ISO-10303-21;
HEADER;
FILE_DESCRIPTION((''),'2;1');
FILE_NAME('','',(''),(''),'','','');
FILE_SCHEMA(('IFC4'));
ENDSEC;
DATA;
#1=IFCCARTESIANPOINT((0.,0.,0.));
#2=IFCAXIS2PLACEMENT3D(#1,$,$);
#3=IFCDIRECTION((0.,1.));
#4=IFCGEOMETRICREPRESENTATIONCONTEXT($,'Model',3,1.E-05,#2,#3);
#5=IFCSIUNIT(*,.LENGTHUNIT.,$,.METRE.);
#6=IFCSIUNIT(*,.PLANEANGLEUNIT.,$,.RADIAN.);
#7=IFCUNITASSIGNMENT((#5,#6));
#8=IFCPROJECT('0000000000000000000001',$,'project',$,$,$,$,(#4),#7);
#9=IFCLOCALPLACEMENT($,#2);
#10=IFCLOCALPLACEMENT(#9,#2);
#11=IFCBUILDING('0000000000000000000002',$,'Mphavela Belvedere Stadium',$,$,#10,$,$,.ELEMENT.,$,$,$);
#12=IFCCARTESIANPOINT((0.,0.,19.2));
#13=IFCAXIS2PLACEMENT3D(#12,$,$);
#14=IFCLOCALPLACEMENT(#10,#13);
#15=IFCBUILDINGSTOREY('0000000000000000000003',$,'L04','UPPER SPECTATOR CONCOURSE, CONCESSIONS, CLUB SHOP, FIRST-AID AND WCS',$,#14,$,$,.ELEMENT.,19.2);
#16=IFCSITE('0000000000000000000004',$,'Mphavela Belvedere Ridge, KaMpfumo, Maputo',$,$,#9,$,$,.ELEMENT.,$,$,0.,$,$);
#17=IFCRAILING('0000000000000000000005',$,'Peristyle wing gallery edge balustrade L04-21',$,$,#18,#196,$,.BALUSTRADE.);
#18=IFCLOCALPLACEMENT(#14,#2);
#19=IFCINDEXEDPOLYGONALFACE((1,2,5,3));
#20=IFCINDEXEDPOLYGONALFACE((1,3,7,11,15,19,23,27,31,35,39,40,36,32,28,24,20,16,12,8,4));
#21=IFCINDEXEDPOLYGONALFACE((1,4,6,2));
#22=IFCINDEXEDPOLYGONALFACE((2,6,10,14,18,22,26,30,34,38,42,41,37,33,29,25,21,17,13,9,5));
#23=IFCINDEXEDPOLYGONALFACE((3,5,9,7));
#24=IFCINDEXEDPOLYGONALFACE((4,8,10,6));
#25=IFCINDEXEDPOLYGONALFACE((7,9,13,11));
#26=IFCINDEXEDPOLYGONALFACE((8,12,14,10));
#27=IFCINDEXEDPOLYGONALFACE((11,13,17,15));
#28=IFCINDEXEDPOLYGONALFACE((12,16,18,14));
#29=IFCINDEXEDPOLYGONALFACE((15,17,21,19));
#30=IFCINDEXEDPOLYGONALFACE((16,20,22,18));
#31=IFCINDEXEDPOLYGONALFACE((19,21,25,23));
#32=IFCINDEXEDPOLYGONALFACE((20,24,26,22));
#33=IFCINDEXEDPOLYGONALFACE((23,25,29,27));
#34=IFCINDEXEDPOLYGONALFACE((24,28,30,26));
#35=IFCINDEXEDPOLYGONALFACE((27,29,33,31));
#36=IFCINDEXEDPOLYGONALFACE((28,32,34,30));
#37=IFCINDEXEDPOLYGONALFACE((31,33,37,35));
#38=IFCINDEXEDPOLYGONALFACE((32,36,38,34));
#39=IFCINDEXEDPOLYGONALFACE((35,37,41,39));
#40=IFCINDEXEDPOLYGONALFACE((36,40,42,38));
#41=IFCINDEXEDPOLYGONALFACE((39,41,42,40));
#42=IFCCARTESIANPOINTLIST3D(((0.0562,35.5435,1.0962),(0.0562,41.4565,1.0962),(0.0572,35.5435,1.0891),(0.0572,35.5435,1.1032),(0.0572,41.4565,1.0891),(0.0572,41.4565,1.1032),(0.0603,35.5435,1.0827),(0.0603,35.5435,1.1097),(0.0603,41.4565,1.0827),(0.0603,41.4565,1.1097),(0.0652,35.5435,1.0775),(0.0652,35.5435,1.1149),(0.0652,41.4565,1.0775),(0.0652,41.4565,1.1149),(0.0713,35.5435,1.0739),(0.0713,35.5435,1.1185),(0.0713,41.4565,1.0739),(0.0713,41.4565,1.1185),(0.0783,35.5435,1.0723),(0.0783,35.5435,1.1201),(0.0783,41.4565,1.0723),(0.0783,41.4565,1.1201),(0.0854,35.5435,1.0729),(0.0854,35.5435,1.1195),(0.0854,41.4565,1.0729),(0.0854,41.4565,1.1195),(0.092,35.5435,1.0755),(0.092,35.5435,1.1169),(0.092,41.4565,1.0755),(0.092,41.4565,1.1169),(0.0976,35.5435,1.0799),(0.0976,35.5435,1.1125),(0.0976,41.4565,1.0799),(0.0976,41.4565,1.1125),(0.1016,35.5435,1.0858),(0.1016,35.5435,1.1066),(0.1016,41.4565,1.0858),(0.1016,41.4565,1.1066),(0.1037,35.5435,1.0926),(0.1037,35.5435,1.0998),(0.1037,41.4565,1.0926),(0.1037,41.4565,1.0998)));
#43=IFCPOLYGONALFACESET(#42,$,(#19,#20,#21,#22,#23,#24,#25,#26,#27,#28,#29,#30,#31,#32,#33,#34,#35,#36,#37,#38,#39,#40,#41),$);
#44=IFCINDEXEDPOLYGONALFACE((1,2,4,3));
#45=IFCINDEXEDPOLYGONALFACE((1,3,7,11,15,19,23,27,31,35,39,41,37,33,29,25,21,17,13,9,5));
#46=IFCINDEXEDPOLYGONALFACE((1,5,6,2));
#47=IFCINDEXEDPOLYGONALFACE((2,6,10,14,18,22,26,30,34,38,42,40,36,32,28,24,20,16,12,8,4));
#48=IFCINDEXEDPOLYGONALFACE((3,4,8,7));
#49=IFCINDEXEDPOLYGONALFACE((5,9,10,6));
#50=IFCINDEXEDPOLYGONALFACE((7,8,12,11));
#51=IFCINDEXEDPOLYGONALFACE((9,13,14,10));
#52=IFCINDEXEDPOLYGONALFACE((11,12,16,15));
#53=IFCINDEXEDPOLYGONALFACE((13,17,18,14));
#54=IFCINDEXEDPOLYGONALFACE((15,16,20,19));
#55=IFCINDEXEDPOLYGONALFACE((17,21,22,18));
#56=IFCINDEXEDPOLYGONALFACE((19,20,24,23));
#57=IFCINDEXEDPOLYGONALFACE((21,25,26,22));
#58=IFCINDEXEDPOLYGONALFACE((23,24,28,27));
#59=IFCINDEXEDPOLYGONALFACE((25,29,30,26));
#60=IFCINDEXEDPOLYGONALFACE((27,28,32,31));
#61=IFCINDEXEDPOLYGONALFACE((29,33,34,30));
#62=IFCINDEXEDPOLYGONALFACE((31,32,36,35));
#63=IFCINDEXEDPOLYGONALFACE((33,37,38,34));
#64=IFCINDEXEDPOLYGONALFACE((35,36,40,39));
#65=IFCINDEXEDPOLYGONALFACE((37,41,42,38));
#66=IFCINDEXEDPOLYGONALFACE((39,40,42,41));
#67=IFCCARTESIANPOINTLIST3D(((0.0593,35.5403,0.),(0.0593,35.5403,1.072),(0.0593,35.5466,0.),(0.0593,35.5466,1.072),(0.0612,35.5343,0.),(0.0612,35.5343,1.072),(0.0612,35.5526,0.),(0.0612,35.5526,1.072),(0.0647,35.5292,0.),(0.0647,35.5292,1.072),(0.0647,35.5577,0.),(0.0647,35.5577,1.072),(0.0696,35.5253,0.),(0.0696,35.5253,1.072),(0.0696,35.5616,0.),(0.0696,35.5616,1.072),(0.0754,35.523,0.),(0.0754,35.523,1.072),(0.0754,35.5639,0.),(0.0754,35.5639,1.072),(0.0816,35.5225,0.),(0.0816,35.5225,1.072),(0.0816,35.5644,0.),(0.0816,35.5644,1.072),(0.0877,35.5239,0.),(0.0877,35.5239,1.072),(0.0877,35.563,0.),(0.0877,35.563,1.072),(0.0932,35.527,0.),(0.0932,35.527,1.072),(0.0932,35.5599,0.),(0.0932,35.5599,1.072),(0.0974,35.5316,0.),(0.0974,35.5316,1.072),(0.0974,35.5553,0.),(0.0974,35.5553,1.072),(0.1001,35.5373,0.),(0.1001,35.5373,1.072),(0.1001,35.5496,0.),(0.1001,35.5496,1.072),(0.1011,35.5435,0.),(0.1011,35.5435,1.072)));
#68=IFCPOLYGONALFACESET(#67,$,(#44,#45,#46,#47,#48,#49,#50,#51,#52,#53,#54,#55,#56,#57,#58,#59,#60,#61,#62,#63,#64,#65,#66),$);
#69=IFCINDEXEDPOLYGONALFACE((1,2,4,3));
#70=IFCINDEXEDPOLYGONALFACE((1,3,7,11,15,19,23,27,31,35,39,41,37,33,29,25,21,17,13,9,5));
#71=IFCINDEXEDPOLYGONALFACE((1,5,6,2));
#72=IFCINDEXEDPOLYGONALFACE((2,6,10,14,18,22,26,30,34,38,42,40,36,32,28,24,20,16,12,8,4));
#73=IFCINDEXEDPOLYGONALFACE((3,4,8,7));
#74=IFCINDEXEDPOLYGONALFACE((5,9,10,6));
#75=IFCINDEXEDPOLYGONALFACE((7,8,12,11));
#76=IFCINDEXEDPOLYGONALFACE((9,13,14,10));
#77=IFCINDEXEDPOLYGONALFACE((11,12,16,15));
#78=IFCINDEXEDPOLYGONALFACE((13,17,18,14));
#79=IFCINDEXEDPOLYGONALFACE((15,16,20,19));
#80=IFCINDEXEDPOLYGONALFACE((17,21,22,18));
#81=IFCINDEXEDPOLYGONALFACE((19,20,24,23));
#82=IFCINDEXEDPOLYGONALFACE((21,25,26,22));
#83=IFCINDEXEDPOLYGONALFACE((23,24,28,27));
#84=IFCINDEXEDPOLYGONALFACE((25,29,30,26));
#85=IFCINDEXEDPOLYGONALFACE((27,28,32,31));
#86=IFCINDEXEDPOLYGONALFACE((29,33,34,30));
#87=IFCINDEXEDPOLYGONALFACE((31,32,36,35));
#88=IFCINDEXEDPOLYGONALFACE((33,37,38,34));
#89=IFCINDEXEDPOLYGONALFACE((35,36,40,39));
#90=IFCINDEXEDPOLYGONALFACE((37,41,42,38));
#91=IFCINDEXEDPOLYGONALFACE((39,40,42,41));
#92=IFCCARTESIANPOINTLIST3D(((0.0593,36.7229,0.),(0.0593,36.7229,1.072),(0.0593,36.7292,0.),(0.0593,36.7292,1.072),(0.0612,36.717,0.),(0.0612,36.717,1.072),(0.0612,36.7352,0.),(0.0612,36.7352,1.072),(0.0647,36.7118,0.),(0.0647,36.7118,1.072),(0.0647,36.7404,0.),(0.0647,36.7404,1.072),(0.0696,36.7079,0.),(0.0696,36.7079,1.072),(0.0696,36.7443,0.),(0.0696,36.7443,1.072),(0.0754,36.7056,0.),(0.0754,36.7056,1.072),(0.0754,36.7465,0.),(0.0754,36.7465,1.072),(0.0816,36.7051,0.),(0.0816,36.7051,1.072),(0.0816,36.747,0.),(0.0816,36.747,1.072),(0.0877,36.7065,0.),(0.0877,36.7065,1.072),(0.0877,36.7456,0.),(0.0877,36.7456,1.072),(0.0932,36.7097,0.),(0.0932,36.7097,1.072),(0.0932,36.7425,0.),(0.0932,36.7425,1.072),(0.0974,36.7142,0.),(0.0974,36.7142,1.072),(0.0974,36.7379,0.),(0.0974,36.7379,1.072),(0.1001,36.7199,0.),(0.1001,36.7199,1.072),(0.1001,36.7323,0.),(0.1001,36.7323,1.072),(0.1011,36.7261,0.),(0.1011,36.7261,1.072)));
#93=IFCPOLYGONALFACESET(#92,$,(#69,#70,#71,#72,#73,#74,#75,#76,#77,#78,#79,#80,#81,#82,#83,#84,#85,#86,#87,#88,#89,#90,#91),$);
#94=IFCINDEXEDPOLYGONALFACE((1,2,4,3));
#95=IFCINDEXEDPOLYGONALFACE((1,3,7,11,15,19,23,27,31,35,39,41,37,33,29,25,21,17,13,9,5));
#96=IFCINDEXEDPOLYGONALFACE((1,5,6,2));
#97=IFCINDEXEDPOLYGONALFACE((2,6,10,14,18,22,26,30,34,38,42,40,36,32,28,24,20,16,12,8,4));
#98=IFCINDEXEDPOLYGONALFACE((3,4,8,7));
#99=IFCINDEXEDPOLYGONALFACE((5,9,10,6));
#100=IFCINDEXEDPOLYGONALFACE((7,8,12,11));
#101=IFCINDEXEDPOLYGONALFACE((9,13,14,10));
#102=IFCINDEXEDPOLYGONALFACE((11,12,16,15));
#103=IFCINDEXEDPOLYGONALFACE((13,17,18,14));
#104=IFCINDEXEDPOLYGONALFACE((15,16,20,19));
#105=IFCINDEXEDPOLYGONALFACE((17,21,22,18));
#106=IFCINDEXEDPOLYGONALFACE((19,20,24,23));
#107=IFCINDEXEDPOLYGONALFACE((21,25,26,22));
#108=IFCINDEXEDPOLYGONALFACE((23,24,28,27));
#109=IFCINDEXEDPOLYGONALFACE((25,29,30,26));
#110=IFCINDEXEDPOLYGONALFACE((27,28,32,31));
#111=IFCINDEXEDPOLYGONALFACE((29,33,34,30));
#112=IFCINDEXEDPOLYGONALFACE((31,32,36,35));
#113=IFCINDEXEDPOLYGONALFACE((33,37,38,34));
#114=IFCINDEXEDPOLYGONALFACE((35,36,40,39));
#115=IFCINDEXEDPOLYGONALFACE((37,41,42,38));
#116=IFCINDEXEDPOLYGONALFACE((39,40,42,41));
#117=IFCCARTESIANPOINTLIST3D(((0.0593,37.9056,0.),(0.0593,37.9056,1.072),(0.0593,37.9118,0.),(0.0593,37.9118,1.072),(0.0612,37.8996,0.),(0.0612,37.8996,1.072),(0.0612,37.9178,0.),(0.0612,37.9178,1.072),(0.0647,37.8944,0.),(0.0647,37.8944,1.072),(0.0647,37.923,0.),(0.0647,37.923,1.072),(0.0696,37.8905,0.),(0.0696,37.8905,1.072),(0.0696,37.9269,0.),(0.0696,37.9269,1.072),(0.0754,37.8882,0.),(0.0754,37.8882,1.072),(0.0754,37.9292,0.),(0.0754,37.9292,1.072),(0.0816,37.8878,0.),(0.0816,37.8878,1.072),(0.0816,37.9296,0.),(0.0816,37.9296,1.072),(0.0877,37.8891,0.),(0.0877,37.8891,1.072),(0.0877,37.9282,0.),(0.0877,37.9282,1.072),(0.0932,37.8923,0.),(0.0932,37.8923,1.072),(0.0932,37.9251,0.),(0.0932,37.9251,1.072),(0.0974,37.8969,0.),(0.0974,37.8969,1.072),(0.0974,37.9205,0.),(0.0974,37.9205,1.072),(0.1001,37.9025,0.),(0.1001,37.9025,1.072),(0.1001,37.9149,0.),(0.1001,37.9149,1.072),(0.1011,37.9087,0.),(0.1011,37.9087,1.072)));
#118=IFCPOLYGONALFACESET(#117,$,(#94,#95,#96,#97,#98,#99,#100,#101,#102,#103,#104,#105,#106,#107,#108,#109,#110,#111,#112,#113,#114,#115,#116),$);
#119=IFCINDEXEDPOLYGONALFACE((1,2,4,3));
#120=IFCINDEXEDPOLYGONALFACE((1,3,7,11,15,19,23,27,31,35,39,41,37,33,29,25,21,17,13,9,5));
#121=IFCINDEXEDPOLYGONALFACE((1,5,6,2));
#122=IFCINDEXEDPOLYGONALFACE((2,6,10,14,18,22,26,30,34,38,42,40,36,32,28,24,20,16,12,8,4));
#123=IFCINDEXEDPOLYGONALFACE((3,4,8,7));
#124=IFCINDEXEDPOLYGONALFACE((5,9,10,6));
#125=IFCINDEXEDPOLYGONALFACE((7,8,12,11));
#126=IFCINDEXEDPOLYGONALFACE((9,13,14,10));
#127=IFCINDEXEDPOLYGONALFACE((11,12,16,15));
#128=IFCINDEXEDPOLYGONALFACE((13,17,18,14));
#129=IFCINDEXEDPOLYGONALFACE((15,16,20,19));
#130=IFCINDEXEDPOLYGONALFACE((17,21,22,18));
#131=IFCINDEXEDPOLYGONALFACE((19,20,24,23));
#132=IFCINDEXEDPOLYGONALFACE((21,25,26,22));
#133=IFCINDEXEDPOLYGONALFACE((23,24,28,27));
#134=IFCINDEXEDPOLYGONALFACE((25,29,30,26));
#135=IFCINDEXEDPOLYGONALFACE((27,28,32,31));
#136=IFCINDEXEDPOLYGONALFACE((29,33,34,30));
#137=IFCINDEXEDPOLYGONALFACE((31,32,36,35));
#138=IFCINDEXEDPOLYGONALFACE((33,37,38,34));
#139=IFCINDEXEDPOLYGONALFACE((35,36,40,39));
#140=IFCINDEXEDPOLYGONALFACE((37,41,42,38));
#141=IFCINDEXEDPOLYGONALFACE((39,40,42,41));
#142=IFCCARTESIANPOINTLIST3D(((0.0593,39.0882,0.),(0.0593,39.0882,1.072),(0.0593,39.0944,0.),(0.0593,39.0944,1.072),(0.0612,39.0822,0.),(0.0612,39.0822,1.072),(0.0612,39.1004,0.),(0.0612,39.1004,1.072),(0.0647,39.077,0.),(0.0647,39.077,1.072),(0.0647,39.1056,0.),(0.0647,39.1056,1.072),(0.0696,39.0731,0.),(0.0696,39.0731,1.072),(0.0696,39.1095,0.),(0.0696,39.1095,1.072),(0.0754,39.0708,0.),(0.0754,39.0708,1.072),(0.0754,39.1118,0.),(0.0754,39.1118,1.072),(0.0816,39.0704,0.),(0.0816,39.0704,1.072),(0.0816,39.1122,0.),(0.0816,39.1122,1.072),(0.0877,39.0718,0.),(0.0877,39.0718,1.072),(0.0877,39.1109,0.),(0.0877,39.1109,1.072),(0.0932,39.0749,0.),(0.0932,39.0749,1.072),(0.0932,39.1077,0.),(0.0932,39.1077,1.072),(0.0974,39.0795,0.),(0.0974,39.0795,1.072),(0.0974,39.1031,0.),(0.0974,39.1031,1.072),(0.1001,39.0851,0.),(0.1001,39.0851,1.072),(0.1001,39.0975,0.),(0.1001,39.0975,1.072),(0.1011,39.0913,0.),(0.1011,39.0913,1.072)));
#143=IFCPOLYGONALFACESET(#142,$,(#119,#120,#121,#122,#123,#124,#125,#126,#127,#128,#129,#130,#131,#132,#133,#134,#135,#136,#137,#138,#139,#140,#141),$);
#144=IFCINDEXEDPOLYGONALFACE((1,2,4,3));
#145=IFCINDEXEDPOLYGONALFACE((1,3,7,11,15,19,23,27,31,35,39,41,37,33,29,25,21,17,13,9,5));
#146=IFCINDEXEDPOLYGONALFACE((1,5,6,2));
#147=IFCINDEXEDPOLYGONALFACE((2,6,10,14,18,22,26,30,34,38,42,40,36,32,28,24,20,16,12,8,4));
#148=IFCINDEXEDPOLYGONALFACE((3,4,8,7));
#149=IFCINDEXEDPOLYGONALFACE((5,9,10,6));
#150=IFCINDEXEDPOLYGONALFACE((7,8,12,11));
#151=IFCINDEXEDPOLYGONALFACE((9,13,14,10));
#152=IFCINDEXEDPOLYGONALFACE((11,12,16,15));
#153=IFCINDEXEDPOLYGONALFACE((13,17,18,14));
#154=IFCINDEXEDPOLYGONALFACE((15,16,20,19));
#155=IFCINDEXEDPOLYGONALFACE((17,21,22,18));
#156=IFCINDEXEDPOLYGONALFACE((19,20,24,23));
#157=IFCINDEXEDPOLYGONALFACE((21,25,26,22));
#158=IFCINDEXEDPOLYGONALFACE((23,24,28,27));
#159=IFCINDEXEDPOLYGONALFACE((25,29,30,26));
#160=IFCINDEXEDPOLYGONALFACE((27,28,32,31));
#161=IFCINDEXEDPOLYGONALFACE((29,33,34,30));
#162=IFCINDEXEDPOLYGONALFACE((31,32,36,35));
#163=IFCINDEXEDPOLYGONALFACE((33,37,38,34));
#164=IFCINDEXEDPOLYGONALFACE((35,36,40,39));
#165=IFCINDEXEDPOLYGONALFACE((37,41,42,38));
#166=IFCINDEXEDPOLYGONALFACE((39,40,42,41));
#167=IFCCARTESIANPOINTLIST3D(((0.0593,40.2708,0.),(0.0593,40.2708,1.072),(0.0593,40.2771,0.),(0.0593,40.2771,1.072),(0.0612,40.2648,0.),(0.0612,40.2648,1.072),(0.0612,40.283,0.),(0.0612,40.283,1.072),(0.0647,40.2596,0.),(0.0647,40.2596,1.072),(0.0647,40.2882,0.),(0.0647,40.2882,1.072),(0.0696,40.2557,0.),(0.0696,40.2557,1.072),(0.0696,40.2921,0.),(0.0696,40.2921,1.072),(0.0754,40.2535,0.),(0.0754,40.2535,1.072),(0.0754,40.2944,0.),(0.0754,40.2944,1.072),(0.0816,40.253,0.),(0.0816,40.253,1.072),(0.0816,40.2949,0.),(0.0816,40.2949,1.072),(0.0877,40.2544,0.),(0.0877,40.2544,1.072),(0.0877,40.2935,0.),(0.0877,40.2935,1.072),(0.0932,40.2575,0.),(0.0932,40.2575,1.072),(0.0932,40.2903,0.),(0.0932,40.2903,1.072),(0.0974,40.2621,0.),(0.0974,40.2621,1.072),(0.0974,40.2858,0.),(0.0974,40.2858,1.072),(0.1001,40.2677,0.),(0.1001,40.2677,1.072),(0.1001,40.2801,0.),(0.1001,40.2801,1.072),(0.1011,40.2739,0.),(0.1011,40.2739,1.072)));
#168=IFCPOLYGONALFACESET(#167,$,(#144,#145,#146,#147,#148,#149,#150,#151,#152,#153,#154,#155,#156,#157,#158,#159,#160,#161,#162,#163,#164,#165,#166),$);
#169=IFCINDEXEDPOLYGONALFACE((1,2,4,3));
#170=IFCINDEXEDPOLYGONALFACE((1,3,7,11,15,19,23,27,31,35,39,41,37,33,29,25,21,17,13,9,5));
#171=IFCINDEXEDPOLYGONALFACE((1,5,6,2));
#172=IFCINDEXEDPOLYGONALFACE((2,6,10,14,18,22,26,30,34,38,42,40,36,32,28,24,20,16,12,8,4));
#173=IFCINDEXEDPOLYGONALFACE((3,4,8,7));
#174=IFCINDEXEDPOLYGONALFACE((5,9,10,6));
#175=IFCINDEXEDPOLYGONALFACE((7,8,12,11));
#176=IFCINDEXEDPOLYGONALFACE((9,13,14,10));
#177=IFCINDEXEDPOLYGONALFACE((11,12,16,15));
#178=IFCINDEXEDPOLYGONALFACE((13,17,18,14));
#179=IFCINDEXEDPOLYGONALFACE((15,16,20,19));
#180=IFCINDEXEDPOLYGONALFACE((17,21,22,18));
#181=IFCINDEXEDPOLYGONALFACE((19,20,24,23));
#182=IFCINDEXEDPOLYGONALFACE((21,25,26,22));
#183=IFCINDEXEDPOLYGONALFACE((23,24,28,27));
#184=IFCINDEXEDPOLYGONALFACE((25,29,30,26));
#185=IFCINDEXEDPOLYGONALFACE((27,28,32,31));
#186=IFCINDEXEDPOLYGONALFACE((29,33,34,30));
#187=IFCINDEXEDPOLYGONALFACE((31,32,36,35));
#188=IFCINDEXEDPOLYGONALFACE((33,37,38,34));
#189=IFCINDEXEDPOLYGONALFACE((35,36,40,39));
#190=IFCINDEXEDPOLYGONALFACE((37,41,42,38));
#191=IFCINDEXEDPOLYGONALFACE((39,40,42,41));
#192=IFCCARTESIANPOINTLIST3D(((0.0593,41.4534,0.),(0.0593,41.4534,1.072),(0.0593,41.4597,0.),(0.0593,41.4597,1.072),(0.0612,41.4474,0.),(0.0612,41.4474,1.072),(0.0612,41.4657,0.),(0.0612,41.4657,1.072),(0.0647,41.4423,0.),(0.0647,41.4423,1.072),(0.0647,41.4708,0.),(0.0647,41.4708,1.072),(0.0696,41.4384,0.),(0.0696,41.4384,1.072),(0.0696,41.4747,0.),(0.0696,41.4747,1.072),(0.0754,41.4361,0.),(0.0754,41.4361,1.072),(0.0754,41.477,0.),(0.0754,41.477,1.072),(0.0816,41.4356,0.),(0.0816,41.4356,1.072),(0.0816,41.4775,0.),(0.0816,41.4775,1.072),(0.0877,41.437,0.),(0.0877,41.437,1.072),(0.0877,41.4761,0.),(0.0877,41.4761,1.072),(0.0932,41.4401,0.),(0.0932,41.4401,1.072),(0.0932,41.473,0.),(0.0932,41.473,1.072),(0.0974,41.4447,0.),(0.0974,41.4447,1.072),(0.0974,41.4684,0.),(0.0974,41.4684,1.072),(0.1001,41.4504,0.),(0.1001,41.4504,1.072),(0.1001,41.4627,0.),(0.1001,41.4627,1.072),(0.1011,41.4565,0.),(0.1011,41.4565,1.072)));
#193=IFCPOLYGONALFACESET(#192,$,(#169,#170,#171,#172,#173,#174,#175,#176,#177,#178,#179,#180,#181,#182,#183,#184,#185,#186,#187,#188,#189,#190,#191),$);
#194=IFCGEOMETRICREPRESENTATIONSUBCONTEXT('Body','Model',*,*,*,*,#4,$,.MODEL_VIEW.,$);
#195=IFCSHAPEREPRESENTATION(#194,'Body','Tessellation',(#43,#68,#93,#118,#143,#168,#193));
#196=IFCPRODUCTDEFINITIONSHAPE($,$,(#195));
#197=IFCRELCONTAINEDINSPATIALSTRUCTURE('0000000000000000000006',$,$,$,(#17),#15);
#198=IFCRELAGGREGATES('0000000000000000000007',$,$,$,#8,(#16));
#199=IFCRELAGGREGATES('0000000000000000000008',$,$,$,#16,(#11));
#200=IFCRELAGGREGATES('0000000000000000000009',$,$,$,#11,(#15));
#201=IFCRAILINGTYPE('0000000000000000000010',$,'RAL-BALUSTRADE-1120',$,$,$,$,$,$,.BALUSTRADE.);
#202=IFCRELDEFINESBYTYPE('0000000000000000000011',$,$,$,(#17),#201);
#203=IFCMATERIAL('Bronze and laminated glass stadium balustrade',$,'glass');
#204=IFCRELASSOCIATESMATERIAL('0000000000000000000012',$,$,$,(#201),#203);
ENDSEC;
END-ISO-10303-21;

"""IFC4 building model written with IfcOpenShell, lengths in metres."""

from ifc_helpers import new_model, si_unit, direction, frame, origin, origin_2d, place, context, subcontext, project, spatial, circle, extrude, material, type_object, element, save


model = new_model("IFC4")

# Units and contexts
model_context = context("Model", 3, precision=1e-05, world=origin(), true_north=direction((0.0, 1.0)))
body_context = subcontext(model_context, "Body", "Model", "MODEL_VIEW")
ifc_project = project(units=[si_unit("LENGTHUNIT", "METRE"), si_unit("PLANEANGLEUNIT", "RADIAN")], contexts=[model_context])

# Site, building, storey
site_placement = place(None, origin())
site = spatial("IfcSite", under=ifc_project, at=site_placement, Name="Mphavela Belvedere Ridge, KaMpfumo, Maputo", CompositionType="ELEMENT", RefElevation=0.0)
building_placement = place(site_placement, origin())
building = spatial("IfcBuilding", under=site, at=building_placement, Name="Mphavela Belvedere Stadium", CompositionType="ELEMENT")
storey_placement = place(building_placement, frame((0.0, 0.0, 19.2)))
storey = spatial("IfcBuildingStorey", under=building, at=storey_placement, Name="L04", Description="UPPER SPECTATOR CONCOURSE, CONCESSIONS, CLUB SHOP, FIRST-AID AND WCS", CompositionType="ELEMENT", Elevation=19.2)

# Railing
ifc_material_1 = material(Name="Bronze and laminated glass stadium balustrade", Category="glass")
railing_type = type_object("IfcRailingType", Name="RAL-BALUSTRADE-1120", PredefinedType="BALUSTRADE", material=ifc_material_1)
for number, where, name in (
    (1, (0.0801, 35.5435, 0.0), "Peristyle wing gallery edge balustrade L04-21"),
):
    element("IfcRailing", number, at=place(storey_placement, frame(where)), inside=storey, type_object=railing_type, Name=name, PredefinedType="BALUSTRADE", context=body_context, shape_type="SweptSolid", body=[
        extrude(circle(Radius=0.0239, at=origin_2d()), frame((0.0, 0.0, 1.0962), z_axis=(0.0, 1.0, 0.0), x_axis=(-1.0, 0.0, 0.0)), (0.0, 0.0, 1.0), 5.9131),
        extrude(circle(Radius=0.021, at=origin_2d()), origin(), (0.0, 0.0, 1.0), 1.072),
        extrude(circle(Radius=0.021, at=origin_2d()), frame((0.0, 1.1826, 0.0)), (0.0, 0.0, 1.0), 1.072),
        extrude(circle(Radius=0.021, at=origin_2d()), frame((0.0, 2.3652, 0.0)), (0.0, 0.0, 1.0), 1.072),
        extrude(circle(Radius=0.021, at=origin_2d()), frame((0.0, 3.5479, 0.0)), (0.0, 0.0, 1.0), 1.072),
        extrude(circle(Radius=0.021, at=origin_2d()), frame((0.0, 4.7305, 0.0)), (0.0, 0.0, 1.0), 1.072),
        extrude(circle(Radius=0.021, at=origin_2d()), frame((0.0, 5.9131, 0.0)), (0.0, 0.0, 1.0), 1.072),
    ])

save(model, "model.ifc")
